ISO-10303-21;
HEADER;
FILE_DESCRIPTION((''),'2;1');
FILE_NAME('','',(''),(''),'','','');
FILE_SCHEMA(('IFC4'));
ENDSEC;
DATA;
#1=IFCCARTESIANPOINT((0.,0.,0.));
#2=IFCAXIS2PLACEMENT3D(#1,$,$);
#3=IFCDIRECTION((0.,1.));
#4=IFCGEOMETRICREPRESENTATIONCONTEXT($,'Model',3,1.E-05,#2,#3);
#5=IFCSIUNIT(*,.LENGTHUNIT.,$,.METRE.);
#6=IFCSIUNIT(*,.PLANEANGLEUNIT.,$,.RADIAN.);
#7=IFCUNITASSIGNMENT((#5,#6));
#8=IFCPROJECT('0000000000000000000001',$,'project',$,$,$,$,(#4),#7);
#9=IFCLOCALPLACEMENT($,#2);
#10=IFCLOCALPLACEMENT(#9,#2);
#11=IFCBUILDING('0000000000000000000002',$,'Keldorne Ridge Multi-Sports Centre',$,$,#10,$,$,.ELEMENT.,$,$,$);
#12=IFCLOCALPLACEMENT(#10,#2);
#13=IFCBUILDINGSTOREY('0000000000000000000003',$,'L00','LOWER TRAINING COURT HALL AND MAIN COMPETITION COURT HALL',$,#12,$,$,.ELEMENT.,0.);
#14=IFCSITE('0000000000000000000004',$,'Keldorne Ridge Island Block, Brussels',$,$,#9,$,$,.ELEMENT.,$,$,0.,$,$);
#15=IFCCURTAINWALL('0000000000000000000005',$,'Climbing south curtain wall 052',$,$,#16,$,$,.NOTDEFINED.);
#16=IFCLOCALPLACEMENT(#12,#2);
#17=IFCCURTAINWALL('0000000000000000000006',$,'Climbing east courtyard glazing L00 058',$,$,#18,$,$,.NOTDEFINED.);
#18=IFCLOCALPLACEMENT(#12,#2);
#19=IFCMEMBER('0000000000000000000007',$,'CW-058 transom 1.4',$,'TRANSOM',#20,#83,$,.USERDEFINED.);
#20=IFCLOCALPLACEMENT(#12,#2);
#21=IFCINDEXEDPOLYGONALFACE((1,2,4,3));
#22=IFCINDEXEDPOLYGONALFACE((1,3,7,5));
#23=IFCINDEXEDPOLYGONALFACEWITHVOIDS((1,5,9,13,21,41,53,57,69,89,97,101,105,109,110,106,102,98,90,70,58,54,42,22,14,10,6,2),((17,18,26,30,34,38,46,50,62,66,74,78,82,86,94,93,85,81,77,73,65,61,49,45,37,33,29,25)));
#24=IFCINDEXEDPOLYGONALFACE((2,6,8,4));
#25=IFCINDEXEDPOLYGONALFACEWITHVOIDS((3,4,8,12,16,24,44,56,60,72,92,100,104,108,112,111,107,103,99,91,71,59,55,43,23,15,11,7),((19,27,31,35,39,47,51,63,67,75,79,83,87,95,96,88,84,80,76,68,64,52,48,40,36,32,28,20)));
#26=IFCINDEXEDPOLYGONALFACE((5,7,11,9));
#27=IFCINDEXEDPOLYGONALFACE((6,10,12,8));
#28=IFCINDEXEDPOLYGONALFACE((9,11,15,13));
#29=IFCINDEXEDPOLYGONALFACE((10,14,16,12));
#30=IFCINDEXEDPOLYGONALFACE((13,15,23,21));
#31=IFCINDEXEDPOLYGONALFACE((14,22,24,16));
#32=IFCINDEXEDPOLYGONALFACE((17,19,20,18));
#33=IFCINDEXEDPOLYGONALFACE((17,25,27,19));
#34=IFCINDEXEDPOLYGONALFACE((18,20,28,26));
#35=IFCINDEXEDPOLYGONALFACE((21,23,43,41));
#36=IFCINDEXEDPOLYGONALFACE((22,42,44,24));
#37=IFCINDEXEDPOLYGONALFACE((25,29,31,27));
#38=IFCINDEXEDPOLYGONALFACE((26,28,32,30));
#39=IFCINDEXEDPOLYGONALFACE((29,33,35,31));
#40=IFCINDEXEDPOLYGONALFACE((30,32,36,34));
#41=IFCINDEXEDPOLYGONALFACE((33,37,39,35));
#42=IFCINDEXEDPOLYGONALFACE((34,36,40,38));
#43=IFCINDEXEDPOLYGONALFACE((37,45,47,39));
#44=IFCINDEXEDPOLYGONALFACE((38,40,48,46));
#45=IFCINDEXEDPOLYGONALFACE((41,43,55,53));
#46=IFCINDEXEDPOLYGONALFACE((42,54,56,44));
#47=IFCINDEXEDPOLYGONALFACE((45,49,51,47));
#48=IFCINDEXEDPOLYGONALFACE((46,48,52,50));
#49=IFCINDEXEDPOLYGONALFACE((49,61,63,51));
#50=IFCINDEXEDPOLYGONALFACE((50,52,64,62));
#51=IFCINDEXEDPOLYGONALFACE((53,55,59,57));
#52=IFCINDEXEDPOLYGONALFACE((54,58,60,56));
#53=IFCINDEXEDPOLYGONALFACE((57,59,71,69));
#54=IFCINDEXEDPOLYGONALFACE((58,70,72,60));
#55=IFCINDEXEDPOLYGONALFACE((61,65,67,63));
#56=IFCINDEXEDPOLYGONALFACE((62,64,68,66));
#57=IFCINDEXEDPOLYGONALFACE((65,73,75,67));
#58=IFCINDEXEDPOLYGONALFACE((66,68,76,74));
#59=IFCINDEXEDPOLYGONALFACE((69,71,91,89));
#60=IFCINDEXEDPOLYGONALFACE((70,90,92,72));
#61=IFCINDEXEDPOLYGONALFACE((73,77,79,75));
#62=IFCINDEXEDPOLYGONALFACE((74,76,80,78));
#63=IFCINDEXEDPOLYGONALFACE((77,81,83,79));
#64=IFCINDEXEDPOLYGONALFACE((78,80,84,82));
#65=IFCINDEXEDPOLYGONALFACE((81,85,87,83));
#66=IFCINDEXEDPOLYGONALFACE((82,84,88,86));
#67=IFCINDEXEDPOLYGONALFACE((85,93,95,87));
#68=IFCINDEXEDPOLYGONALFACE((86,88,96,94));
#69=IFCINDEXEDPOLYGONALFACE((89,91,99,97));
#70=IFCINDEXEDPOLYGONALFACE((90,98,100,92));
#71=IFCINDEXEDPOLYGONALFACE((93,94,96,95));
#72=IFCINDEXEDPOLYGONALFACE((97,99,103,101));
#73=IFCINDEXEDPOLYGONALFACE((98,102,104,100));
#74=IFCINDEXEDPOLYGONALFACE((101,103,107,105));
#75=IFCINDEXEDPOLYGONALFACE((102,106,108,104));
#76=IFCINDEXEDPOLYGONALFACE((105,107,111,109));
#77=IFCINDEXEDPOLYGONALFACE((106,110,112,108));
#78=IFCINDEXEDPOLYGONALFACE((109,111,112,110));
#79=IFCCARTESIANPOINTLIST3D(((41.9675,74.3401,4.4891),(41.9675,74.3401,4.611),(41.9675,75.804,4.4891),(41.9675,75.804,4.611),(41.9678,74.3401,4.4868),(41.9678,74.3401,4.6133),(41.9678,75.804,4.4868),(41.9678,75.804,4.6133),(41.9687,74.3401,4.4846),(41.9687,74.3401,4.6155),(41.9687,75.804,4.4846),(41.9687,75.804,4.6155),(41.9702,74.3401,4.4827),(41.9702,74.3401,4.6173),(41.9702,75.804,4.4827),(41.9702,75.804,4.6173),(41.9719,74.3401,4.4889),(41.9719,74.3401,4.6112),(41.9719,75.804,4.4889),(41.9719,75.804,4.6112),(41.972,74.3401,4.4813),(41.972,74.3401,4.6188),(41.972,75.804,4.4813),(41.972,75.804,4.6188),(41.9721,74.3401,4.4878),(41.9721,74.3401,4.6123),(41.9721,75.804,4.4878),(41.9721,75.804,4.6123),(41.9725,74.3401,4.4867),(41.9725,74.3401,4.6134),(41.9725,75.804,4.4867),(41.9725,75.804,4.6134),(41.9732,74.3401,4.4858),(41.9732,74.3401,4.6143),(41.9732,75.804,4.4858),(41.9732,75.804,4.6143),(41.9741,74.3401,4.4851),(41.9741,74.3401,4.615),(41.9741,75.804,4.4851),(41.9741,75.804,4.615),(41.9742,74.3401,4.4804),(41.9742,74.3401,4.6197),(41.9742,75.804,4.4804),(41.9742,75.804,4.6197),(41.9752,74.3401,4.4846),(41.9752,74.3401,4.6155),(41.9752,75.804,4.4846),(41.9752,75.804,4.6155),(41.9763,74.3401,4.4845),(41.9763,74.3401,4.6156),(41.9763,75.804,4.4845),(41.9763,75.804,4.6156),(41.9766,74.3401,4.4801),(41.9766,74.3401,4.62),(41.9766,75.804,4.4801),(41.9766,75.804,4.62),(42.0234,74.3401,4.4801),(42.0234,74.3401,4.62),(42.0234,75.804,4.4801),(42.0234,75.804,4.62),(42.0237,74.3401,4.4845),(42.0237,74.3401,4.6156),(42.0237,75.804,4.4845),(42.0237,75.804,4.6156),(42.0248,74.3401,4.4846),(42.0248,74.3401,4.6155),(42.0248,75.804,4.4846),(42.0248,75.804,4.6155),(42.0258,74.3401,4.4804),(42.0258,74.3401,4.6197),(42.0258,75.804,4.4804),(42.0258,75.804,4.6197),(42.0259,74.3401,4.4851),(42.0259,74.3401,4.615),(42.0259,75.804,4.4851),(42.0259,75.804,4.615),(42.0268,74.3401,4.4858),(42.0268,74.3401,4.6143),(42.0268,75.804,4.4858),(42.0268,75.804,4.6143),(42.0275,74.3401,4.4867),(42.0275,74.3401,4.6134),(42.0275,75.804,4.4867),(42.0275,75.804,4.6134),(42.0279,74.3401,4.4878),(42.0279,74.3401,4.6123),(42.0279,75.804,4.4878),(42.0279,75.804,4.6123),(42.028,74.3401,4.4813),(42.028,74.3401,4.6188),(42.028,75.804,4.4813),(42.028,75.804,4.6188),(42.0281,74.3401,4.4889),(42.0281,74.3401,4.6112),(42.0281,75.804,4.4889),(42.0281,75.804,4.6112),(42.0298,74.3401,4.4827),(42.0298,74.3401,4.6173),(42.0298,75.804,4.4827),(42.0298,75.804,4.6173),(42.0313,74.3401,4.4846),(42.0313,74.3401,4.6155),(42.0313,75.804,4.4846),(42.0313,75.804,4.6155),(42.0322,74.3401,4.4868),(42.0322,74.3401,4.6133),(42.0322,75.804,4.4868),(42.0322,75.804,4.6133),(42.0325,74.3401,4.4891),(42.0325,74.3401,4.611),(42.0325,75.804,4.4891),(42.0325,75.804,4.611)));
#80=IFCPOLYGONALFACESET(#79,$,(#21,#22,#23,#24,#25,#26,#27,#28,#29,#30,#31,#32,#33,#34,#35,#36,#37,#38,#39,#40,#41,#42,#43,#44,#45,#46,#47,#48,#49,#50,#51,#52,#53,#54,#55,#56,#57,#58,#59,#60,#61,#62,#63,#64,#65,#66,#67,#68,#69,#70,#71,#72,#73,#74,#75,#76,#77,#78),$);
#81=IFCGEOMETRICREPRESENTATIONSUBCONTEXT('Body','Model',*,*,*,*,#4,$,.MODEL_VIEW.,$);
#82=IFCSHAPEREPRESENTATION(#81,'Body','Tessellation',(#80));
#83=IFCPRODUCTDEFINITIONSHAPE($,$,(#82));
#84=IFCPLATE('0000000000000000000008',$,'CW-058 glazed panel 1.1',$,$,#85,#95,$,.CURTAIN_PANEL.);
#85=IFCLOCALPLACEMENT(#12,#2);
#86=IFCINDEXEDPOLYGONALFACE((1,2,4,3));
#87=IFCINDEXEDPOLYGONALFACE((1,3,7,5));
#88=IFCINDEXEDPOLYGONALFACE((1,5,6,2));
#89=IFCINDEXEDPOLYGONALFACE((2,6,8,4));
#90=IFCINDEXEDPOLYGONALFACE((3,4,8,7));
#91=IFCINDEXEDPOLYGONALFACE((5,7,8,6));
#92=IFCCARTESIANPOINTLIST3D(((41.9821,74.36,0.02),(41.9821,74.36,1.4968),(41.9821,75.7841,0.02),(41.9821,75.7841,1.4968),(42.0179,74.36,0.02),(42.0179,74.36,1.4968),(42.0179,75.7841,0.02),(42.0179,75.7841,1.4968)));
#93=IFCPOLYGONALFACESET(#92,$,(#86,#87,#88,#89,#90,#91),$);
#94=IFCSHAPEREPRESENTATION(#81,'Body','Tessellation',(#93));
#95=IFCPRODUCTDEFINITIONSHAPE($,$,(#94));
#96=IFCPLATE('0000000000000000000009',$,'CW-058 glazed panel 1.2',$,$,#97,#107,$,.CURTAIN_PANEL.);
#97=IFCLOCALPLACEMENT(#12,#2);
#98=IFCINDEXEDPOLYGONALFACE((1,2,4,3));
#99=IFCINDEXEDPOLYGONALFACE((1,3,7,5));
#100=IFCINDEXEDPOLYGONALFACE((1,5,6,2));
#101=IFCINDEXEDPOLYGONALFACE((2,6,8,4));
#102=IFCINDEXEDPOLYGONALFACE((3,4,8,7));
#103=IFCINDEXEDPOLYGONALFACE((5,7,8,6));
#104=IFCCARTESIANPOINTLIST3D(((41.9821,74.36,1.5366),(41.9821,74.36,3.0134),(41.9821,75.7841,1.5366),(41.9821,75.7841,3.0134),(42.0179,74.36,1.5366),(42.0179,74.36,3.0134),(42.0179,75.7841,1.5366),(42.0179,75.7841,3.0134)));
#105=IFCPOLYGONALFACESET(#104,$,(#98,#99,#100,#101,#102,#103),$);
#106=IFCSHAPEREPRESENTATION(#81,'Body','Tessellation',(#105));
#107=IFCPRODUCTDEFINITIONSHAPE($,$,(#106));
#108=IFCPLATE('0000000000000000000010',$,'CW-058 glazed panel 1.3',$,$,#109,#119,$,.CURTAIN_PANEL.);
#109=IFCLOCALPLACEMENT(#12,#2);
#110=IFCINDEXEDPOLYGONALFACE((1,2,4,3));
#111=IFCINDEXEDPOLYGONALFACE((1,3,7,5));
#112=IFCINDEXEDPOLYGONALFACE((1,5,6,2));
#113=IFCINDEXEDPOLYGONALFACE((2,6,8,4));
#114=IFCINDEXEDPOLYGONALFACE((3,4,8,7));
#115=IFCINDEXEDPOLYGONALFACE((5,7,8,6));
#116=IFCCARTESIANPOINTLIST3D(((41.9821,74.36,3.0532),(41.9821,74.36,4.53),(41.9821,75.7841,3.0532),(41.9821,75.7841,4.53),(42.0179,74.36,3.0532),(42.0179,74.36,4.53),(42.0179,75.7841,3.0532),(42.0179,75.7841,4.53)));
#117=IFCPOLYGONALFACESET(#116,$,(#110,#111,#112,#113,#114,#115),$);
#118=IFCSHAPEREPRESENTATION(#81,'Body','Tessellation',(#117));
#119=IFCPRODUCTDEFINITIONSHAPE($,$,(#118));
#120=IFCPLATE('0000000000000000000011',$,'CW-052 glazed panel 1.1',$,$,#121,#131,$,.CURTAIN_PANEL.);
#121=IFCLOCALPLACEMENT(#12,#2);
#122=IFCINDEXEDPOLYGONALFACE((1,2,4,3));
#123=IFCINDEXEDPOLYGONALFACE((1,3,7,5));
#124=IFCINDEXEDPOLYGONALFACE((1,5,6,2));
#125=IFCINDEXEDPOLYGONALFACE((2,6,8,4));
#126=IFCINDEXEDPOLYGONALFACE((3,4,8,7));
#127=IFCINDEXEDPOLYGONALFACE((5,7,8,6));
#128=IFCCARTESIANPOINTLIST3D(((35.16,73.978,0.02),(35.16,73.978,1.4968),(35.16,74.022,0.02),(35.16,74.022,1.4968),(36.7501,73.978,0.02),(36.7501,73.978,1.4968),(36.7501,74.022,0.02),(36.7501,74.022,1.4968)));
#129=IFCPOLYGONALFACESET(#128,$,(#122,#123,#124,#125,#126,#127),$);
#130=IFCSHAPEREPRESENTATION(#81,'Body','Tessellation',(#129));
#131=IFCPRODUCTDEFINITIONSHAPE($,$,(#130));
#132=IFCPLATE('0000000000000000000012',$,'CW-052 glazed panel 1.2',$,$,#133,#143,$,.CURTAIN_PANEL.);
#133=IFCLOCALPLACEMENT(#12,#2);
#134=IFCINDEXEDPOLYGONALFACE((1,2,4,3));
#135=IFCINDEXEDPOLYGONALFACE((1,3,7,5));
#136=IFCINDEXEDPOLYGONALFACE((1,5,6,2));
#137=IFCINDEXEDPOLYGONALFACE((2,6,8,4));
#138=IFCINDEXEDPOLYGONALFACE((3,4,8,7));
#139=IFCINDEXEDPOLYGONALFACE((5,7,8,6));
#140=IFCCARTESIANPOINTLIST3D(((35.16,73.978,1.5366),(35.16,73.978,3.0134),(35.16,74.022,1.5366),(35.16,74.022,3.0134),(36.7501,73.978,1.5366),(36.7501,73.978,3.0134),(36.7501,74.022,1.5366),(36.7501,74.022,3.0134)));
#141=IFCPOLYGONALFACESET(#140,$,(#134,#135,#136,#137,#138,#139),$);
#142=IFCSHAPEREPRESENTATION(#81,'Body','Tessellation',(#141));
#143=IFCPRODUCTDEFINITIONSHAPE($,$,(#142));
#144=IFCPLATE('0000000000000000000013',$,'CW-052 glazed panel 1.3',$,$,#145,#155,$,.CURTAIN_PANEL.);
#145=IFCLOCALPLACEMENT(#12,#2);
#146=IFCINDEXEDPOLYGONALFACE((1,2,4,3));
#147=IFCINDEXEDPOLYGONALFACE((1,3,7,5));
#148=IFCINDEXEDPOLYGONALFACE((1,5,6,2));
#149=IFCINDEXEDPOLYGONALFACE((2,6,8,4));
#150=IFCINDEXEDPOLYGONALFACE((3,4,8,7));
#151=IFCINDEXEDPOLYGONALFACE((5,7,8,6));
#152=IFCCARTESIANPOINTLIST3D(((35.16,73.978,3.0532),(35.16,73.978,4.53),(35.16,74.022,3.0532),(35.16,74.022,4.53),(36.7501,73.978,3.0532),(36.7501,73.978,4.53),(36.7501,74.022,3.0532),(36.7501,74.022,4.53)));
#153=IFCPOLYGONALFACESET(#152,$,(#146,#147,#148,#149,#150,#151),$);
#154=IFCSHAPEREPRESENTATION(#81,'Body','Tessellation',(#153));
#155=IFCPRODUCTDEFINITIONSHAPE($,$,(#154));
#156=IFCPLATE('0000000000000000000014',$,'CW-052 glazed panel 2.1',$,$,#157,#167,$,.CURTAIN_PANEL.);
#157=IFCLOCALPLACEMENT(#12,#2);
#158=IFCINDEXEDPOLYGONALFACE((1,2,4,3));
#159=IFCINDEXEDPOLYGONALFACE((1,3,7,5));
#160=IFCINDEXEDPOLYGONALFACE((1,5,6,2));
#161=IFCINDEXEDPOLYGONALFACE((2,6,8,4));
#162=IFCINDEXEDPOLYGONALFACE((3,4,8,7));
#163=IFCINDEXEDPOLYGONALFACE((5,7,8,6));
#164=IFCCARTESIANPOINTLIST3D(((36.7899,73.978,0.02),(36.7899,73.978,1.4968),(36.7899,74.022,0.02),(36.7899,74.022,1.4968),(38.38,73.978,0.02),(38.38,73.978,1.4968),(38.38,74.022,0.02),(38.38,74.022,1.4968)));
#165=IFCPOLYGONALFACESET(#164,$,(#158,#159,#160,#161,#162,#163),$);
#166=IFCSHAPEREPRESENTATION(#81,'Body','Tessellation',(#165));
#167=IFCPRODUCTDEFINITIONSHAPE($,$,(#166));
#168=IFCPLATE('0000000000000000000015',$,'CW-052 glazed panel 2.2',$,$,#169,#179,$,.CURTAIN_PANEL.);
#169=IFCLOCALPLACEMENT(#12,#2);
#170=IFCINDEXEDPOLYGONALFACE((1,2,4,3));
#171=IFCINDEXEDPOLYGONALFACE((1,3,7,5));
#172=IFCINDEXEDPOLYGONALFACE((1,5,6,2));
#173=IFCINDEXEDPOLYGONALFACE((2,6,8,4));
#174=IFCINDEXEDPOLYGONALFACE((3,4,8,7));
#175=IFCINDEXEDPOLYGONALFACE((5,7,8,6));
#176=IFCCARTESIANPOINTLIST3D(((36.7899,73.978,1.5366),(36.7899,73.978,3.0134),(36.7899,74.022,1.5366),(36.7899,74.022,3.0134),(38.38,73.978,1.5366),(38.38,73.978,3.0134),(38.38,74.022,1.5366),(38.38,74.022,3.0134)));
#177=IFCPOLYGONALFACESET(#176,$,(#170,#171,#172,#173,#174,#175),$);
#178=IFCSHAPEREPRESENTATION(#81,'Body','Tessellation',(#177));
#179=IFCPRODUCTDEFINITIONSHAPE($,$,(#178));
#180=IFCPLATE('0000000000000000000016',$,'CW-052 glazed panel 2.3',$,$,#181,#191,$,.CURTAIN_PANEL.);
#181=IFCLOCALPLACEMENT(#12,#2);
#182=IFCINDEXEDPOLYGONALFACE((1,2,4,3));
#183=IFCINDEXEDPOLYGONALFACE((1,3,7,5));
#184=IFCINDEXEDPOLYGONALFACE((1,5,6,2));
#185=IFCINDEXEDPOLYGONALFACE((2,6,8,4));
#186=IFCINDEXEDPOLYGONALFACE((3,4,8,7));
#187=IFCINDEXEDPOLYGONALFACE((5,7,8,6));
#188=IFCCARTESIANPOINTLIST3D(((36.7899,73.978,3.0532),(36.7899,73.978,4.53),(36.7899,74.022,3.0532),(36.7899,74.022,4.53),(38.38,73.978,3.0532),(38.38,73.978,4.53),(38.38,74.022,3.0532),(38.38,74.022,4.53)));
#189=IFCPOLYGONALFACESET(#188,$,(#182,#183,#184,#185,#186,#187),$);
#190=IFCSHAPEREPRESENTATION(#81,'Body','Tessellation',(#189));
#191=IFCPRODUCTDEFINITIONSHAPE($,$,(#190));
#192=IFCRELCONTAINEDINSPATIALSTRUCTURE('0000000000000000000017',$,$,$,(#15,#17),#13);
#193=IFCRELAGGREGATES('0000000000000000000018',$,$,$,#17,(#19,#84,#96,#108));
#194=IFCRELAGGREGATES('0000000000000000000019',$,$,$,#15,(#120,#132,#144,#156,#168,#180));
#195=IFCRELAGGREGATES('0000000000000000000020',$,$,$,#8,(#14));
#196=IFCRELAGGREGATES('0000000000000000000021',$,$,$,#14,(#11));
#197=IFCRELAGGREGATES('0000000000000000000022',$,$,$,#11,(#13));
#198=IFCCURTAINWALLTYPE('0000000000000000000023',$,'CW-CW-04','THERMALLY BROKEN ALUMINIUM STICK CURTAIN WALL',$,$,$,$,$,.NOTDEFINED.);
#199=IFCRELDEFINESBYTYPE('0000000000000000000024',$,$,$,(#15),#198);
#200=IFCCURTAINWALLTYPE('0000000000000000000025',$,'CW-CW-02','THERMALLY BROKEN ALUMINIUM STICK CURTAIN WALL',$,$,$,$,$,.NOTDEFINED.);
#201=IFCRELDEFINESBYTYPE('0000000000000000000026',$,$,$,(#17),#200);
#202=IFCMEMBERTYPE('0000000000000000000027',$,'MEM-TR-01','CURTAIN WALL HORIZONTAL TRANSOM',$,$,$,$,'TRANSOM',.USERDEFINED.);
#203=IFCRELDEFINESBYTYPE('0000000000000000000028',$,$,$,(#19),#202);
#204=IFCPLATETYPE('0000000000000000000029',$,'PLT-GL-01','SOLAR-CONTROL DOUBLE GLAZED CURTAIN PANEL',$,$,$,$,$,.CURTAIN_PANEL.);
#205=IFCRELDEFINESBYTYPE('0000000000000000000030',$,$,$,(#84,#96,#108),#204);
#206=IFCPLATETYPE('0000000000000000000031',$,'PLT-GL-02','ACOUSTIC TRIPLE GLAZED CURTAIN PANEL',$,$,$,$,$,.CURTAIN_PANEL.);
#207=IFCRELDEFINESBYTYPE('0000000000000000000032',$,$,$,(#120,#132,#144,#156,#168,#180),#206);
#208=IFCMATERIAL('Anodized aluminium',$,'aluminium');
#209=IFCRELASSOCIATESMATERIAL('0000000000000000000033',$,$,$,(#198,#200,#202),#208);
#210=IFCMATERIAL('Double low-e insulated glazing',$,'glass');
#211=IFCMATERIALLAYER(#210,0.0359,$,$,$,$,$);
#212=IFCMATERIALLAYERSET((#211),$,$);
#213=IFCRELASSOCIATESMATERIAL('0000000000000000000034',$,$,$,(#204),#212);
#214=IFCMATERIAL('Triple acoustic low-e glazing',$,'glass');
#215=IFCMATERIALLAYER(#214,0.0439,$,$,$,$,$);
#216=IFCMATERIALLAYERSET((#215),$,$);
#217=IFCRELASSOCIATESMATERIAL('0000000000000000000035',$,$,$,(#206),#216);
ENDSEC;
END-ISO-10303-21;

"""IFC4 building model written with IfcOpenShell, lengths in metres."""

from ifc_helpers import new_model, si_unit, direction, frame, origin, origin_2d, place, context, subcontext, project, spatial, rectangle, hollow_rectangle, extrude, material, layer, layer_set, material_profile, profile_set, type_object, element, aggregate, save


model = new_model("IFC4")

# Units and contexts
model_context = context("Model", 3, precision=1e-05, world=origin(), true_north=direction((0.0, 1.0)))
body_context = subcontext(model_context, "Body", "Model", "MODEL_VIEW")
ifc_project = project(units=[si_unit("LENGTHUNIT", "METRE"), si_unit("PLANEANGLEUNIT", "RADIAN")], contexts=[model_context])

# Site, building, storey
site_placement = place(None, origin())
site = spatial("IfcSite", under=ifc_project, at=site_placement, Name="Keldorne Ridge Island Block, Brussels", CompositionType="ELEMENT", RefElevation=0.0)
building_placement = place(site_placement, origin())
building = spatial("IfcBuilding", under=site, at=building_placement, Name="Keldorne Ridge Multi-Sports Centre", CompositionType="ELEMENT")
storey_placement = place(building_placement, origin())
storey = spatial("IfcBuildingStorey", under=building, at=storey_placement, Name="L00", Description="LOWER TRAINING COURT HALL AND MAIN COMPETITION COURT HALL", CompositionType="ELEMENT", Elevation=0.0)

# Curtain wall
ifc_material_1 = material(Name="Anodized aluminium", Category="aluminium")
curtain_wall_type_1 = type_object("IfcCurtainWallType", Name="CW-CW-04", Description="THERMALLY BROKEN ALUMINIUM STICK CURTAIN WALL", PredefinedType="NOTDEFINED", material=ifc_material_1)
curtain_wall_1_placement = place(storey_placement, origin())
curtain_wall_1 = element("IfcCurtainWall", 1, at=curtain_wall_1_placement, inside=storey, type_object=curtain_wall_type_1, Name="Climbing south curtain wall 052", PredefinedType="NOTDEFINED")
ifc_material_profile = material_profile(ifc_material_1, hollow_rectangle(XDim=0.0649, YDim=0.1399, WallThickness=0.0044, InnerFilletRadius=0.0044, OuterFilletRadius=0.009, at=origin_2d()), Name="ALU TRANSOM 140x65x4.5")
ifc_profile_set = profile_set([ifc_material_profile], Name="Anodized aluminium")
member_type = type_object("IfcMemberType", Name="MEM-TR-01", Description="CURTAIN WALL HORIZONTAL TRANSOM", ElementType="TRANSOM", PredefinedType="USERDEFINED", material=ifc_profile_set)

# Curtain wall, member, plates
curtain_wall_type_2 = type_object("IfcCurtainWallType", Name="CW-CW-02", Description="THERMALLY BROKEN ALUMINIUM STICK CURTAIN WALL", PredefinedType="NOTDEFINED", material=ifc_material_1)
curtain_wall_2_placement = place(storey_placement, origin())
curtain_wall_2 = element("IfcCurtainWall", 2, at=curtain_wall_2_placement, inside=storey, type_object=curtain_wall_type_2, Name="Climbing east courtyard glazing L00 058", PredefinedType="NOTDEFINED")
member_1_placement = place(storey_placement, frame((42.0, 74.3401, 4.55), z_axis=(0.0, 1.0, 0.0), x_axis=(-1.0, 0.0, 0.0)))
member_1 = element("IfcMember", 3, at=member_1_placement, type_object=member_type, Name="CW-058 transom 1.4", ObjectType="TRANSOM", PredefinedType="USERDEFINED", context=body_context, shape_type="SweptSolid", body=[
    extrude(hollow_rectangle(XDim=0.0649, YDim=0.1399, WallThickness=0.0044, InnerFilletRadius=0.0044, OuterFilletRadius=0.009, at=origin_2d()), origin(), (0.0, 0.0, 1.0), 1.4639),
])
ifc_material_2 = material(Name="Double low-e insulated glazing", Category="glass")
ifc_layer_1 = layer(ifc_material_2, 0.0359)
ifc_layer_set_1 = layer_set([ifc_layer_1])
plate_type_1 = type_object("IfcPlateType", Name="PLT-GL-01", Description="SOLAR-CONTROL DOUBLE GLAZED CURTAIN PANEL", PredefinedType="CURTAIN_PANEL", material=ifc_layer_set_1)
plate_1_placement = place(storey_placement, frame((42.0, 75.072, 0.02), z_axis=(0.0, 0.0, 1.0), x_axis=(0.0, 1.0, 0.0)))
plate_1 = element("IfcPlate", 4, at=plate_1_placement, type_object=plate_type_1, Name="CW-058 glazed panel 1.1", PredefinedType="CURTAIN_PANEL", context=body_context, shape_type="SweptSolid", body=[
    extrude(rectangle(XDim=1.4241, YDim=0.0359, at=origin_2d()), origin(), (0.0, 0.0, 1.0), 1.4768),
])
plate_2_placement = place(storey_placement, frame((42.0, 75.072, 1.5366), z_axis=(0.0, 0.0, 1.0), x_axis=(0.0, 1.0, 0.0)))
plate_2 = element("IfcPlate", 5, at=plate_2_placement, type_object=plate_type_1, Name="CW-058 glazed panel 1.2", PredefinedType="CURTAIN_PANEL", context=body_context, shape_type="SweptSolid", body=[
    extrude(rectangle(XDim=1.4241, YDim=0.0359, at=origin_2d()), origin(), (0.0, 0.0, 1.0), 1.4768),
])
plate_3_placement = place(storey_placement, frame((42.0, 75.072, 3.0532), z_axis=(0.0, 0.0, 1.0), x_axis=(0.0, 1.0, 0.0)))
plate_3 = element("IfcPlate", 6, at=plate_3_placement, type_object=plate_type_1, Name="CW-058 glazed panel 1.3", PredefinedType="CURTAIN_PANEL", context=body_context, shape_type="SweptSolid", body=[
    extrude(rectangle(XDim=1.4241, YDim=0.0359, at=origin_2d()), origin(), (0.0, 0.0, 1.0), 1.4768),
])
aggregate(curtain_wall_2, [member_1, plate_1, plate_2, plate_3])

# Plates
ifc_material_3 = material(Name="Triple acoustic low-e glazing", Category="glass")
ifc_layer_2 = layer(ifc_material_3, 0.0439)
ifc_layer_set_2 = layer_set([ifc_layer_2])
plate_type_2 = type_object("IfcPlateType", Name="PLT-GL-02", Description="ACOUSTIC TRIPLE GLAZED CURTAIN PANEL", PredefinedType="CURTAIN_PANEL", material=ifc_layer_set_2)
plate_4_placement = place(storey_placement, frame((35.9551, 74.0, 0.02), z_axis=(0.0, 0.0, 1.0), x_axis=(1.0, 0.0, 0.0)))
plate_4 = element("IfcPlate", 7, at=plate_4_placement, type_object=plate_type_2, Name="CW-052 glazed panel 1.1", PredefinedType="CURTAIN_PANEL", context=body_context, shape_type="SweptSolid", body=[
    extrude(rectangle(XDim=1.5901, YDim=0.0439, at=origin_2d()), origin(), (0.0, 0.0, 1.0), 1.4768),
])
plate_5_placement = place(storey_placement, frame((35.9551, 74.0, 1.5366), z_axis=(0.0, 0.0, 1.0), x_axis=(1.0, 0.0, 0.0)))
plate_5 = element("IfcPlate", 8, at=plate_5_placement, type_object=plate_type_2, Name="CW-052 glazed panel 1.2", PredefinedType="CURTAIN_PANEL", context=body_context, shape_type="SweptSolid", body=[
    extrude(rectangle(XDim=1.5901, YDim=0.0439, at=origin_2d()), origin(), (0.0, 0.0, 1.0), 1.4768),
])
plate_6_placement = place(storey_placement, frame((35.9551, 74.0, 3.0532), z_axis=(0.0, 0.0, 1.0), x_axis=(1.0, 0.0, 0.0)))
plate_6 = element("IfcPlate", 9, at=plate_6_placement, type_object=plate_type_2, Name="CW-052 glazed panel 1.3", PredefinedType="CURTAIN_PANEL", context=body_context, shape_type="SweptSolid", body=[
    extrude(rectangle(XDim=1.5901, YDim=0.0439, at=origin_2d()), origin(), (0.0, 0.0, 1.0), 1.4768),
])
plate_7_placement = place(storey_placement, frame((37.585, 74.0, 0.02), z_axis=(0.0, 0.0, 1.0), x_axis=(1.0, 0.0, 0.0)))
plate_7 = element("IfcPlate", 10, at=plate_7_placement, type_object=plate_type_2, Name="CW-052 glazed panel 2.1", PredefinedType="CURTAIN_PANEL", context=body_context, shape_type="SweptSolid", body=[
    extrude(rectangle(XDim=1.5901, YDim=0.0439, at=origin_2d()), origin(), (0.0, 0.0, 1.0), 1.4768),
])
plate_8_placement = place(storey_placement, frame((37.585, 74.0, 1.5366), z_axis=(0.0, 0.0, 1.0), x_axis=(1.0, 0.0, 0.0)))
plate_8 = element("IfcPlate", 11, at=plate_8_placement, type_object=plate_type_2, Name="CW-052 glazed panel 2.2", PredefinedType="CURTAIN_PANEL", context=body_context, shape_type="SweptSolid", body=[
    extrude(rectangle(XDim=1.5901, YDim=0.0439, at=origin_2d()), origin(), (0.0, 0.0, 1.0), 1.4768),
])
plate_9_placement = place(storey_placement, frame((37.585, 74.0, 3.0532), z_axis=(0.0, 0.0, 1.0), x_axis=(1.0, 0.0, 0.0)))
plate_9 = element("IfcPlate", 12, at=plate_9_placement, type_object=plate_type_2, Name="CW-052 glazed panel 2.3", PredefinedType="CURTAIN_PANEL", context=body_context, shape_type="SweptSolid", body=[
    extrude(rectangle(XDim=1.5901, YDim=0.0439, at=origin_2d()), origin(), (0.0, 0.0, 1.0), 1.4768),
])
aggregate(curtain_wall_1, [plate_4, plate_5, plate_6, plate_7, plate_8, plate_9])

save(model, "model.ifc")
